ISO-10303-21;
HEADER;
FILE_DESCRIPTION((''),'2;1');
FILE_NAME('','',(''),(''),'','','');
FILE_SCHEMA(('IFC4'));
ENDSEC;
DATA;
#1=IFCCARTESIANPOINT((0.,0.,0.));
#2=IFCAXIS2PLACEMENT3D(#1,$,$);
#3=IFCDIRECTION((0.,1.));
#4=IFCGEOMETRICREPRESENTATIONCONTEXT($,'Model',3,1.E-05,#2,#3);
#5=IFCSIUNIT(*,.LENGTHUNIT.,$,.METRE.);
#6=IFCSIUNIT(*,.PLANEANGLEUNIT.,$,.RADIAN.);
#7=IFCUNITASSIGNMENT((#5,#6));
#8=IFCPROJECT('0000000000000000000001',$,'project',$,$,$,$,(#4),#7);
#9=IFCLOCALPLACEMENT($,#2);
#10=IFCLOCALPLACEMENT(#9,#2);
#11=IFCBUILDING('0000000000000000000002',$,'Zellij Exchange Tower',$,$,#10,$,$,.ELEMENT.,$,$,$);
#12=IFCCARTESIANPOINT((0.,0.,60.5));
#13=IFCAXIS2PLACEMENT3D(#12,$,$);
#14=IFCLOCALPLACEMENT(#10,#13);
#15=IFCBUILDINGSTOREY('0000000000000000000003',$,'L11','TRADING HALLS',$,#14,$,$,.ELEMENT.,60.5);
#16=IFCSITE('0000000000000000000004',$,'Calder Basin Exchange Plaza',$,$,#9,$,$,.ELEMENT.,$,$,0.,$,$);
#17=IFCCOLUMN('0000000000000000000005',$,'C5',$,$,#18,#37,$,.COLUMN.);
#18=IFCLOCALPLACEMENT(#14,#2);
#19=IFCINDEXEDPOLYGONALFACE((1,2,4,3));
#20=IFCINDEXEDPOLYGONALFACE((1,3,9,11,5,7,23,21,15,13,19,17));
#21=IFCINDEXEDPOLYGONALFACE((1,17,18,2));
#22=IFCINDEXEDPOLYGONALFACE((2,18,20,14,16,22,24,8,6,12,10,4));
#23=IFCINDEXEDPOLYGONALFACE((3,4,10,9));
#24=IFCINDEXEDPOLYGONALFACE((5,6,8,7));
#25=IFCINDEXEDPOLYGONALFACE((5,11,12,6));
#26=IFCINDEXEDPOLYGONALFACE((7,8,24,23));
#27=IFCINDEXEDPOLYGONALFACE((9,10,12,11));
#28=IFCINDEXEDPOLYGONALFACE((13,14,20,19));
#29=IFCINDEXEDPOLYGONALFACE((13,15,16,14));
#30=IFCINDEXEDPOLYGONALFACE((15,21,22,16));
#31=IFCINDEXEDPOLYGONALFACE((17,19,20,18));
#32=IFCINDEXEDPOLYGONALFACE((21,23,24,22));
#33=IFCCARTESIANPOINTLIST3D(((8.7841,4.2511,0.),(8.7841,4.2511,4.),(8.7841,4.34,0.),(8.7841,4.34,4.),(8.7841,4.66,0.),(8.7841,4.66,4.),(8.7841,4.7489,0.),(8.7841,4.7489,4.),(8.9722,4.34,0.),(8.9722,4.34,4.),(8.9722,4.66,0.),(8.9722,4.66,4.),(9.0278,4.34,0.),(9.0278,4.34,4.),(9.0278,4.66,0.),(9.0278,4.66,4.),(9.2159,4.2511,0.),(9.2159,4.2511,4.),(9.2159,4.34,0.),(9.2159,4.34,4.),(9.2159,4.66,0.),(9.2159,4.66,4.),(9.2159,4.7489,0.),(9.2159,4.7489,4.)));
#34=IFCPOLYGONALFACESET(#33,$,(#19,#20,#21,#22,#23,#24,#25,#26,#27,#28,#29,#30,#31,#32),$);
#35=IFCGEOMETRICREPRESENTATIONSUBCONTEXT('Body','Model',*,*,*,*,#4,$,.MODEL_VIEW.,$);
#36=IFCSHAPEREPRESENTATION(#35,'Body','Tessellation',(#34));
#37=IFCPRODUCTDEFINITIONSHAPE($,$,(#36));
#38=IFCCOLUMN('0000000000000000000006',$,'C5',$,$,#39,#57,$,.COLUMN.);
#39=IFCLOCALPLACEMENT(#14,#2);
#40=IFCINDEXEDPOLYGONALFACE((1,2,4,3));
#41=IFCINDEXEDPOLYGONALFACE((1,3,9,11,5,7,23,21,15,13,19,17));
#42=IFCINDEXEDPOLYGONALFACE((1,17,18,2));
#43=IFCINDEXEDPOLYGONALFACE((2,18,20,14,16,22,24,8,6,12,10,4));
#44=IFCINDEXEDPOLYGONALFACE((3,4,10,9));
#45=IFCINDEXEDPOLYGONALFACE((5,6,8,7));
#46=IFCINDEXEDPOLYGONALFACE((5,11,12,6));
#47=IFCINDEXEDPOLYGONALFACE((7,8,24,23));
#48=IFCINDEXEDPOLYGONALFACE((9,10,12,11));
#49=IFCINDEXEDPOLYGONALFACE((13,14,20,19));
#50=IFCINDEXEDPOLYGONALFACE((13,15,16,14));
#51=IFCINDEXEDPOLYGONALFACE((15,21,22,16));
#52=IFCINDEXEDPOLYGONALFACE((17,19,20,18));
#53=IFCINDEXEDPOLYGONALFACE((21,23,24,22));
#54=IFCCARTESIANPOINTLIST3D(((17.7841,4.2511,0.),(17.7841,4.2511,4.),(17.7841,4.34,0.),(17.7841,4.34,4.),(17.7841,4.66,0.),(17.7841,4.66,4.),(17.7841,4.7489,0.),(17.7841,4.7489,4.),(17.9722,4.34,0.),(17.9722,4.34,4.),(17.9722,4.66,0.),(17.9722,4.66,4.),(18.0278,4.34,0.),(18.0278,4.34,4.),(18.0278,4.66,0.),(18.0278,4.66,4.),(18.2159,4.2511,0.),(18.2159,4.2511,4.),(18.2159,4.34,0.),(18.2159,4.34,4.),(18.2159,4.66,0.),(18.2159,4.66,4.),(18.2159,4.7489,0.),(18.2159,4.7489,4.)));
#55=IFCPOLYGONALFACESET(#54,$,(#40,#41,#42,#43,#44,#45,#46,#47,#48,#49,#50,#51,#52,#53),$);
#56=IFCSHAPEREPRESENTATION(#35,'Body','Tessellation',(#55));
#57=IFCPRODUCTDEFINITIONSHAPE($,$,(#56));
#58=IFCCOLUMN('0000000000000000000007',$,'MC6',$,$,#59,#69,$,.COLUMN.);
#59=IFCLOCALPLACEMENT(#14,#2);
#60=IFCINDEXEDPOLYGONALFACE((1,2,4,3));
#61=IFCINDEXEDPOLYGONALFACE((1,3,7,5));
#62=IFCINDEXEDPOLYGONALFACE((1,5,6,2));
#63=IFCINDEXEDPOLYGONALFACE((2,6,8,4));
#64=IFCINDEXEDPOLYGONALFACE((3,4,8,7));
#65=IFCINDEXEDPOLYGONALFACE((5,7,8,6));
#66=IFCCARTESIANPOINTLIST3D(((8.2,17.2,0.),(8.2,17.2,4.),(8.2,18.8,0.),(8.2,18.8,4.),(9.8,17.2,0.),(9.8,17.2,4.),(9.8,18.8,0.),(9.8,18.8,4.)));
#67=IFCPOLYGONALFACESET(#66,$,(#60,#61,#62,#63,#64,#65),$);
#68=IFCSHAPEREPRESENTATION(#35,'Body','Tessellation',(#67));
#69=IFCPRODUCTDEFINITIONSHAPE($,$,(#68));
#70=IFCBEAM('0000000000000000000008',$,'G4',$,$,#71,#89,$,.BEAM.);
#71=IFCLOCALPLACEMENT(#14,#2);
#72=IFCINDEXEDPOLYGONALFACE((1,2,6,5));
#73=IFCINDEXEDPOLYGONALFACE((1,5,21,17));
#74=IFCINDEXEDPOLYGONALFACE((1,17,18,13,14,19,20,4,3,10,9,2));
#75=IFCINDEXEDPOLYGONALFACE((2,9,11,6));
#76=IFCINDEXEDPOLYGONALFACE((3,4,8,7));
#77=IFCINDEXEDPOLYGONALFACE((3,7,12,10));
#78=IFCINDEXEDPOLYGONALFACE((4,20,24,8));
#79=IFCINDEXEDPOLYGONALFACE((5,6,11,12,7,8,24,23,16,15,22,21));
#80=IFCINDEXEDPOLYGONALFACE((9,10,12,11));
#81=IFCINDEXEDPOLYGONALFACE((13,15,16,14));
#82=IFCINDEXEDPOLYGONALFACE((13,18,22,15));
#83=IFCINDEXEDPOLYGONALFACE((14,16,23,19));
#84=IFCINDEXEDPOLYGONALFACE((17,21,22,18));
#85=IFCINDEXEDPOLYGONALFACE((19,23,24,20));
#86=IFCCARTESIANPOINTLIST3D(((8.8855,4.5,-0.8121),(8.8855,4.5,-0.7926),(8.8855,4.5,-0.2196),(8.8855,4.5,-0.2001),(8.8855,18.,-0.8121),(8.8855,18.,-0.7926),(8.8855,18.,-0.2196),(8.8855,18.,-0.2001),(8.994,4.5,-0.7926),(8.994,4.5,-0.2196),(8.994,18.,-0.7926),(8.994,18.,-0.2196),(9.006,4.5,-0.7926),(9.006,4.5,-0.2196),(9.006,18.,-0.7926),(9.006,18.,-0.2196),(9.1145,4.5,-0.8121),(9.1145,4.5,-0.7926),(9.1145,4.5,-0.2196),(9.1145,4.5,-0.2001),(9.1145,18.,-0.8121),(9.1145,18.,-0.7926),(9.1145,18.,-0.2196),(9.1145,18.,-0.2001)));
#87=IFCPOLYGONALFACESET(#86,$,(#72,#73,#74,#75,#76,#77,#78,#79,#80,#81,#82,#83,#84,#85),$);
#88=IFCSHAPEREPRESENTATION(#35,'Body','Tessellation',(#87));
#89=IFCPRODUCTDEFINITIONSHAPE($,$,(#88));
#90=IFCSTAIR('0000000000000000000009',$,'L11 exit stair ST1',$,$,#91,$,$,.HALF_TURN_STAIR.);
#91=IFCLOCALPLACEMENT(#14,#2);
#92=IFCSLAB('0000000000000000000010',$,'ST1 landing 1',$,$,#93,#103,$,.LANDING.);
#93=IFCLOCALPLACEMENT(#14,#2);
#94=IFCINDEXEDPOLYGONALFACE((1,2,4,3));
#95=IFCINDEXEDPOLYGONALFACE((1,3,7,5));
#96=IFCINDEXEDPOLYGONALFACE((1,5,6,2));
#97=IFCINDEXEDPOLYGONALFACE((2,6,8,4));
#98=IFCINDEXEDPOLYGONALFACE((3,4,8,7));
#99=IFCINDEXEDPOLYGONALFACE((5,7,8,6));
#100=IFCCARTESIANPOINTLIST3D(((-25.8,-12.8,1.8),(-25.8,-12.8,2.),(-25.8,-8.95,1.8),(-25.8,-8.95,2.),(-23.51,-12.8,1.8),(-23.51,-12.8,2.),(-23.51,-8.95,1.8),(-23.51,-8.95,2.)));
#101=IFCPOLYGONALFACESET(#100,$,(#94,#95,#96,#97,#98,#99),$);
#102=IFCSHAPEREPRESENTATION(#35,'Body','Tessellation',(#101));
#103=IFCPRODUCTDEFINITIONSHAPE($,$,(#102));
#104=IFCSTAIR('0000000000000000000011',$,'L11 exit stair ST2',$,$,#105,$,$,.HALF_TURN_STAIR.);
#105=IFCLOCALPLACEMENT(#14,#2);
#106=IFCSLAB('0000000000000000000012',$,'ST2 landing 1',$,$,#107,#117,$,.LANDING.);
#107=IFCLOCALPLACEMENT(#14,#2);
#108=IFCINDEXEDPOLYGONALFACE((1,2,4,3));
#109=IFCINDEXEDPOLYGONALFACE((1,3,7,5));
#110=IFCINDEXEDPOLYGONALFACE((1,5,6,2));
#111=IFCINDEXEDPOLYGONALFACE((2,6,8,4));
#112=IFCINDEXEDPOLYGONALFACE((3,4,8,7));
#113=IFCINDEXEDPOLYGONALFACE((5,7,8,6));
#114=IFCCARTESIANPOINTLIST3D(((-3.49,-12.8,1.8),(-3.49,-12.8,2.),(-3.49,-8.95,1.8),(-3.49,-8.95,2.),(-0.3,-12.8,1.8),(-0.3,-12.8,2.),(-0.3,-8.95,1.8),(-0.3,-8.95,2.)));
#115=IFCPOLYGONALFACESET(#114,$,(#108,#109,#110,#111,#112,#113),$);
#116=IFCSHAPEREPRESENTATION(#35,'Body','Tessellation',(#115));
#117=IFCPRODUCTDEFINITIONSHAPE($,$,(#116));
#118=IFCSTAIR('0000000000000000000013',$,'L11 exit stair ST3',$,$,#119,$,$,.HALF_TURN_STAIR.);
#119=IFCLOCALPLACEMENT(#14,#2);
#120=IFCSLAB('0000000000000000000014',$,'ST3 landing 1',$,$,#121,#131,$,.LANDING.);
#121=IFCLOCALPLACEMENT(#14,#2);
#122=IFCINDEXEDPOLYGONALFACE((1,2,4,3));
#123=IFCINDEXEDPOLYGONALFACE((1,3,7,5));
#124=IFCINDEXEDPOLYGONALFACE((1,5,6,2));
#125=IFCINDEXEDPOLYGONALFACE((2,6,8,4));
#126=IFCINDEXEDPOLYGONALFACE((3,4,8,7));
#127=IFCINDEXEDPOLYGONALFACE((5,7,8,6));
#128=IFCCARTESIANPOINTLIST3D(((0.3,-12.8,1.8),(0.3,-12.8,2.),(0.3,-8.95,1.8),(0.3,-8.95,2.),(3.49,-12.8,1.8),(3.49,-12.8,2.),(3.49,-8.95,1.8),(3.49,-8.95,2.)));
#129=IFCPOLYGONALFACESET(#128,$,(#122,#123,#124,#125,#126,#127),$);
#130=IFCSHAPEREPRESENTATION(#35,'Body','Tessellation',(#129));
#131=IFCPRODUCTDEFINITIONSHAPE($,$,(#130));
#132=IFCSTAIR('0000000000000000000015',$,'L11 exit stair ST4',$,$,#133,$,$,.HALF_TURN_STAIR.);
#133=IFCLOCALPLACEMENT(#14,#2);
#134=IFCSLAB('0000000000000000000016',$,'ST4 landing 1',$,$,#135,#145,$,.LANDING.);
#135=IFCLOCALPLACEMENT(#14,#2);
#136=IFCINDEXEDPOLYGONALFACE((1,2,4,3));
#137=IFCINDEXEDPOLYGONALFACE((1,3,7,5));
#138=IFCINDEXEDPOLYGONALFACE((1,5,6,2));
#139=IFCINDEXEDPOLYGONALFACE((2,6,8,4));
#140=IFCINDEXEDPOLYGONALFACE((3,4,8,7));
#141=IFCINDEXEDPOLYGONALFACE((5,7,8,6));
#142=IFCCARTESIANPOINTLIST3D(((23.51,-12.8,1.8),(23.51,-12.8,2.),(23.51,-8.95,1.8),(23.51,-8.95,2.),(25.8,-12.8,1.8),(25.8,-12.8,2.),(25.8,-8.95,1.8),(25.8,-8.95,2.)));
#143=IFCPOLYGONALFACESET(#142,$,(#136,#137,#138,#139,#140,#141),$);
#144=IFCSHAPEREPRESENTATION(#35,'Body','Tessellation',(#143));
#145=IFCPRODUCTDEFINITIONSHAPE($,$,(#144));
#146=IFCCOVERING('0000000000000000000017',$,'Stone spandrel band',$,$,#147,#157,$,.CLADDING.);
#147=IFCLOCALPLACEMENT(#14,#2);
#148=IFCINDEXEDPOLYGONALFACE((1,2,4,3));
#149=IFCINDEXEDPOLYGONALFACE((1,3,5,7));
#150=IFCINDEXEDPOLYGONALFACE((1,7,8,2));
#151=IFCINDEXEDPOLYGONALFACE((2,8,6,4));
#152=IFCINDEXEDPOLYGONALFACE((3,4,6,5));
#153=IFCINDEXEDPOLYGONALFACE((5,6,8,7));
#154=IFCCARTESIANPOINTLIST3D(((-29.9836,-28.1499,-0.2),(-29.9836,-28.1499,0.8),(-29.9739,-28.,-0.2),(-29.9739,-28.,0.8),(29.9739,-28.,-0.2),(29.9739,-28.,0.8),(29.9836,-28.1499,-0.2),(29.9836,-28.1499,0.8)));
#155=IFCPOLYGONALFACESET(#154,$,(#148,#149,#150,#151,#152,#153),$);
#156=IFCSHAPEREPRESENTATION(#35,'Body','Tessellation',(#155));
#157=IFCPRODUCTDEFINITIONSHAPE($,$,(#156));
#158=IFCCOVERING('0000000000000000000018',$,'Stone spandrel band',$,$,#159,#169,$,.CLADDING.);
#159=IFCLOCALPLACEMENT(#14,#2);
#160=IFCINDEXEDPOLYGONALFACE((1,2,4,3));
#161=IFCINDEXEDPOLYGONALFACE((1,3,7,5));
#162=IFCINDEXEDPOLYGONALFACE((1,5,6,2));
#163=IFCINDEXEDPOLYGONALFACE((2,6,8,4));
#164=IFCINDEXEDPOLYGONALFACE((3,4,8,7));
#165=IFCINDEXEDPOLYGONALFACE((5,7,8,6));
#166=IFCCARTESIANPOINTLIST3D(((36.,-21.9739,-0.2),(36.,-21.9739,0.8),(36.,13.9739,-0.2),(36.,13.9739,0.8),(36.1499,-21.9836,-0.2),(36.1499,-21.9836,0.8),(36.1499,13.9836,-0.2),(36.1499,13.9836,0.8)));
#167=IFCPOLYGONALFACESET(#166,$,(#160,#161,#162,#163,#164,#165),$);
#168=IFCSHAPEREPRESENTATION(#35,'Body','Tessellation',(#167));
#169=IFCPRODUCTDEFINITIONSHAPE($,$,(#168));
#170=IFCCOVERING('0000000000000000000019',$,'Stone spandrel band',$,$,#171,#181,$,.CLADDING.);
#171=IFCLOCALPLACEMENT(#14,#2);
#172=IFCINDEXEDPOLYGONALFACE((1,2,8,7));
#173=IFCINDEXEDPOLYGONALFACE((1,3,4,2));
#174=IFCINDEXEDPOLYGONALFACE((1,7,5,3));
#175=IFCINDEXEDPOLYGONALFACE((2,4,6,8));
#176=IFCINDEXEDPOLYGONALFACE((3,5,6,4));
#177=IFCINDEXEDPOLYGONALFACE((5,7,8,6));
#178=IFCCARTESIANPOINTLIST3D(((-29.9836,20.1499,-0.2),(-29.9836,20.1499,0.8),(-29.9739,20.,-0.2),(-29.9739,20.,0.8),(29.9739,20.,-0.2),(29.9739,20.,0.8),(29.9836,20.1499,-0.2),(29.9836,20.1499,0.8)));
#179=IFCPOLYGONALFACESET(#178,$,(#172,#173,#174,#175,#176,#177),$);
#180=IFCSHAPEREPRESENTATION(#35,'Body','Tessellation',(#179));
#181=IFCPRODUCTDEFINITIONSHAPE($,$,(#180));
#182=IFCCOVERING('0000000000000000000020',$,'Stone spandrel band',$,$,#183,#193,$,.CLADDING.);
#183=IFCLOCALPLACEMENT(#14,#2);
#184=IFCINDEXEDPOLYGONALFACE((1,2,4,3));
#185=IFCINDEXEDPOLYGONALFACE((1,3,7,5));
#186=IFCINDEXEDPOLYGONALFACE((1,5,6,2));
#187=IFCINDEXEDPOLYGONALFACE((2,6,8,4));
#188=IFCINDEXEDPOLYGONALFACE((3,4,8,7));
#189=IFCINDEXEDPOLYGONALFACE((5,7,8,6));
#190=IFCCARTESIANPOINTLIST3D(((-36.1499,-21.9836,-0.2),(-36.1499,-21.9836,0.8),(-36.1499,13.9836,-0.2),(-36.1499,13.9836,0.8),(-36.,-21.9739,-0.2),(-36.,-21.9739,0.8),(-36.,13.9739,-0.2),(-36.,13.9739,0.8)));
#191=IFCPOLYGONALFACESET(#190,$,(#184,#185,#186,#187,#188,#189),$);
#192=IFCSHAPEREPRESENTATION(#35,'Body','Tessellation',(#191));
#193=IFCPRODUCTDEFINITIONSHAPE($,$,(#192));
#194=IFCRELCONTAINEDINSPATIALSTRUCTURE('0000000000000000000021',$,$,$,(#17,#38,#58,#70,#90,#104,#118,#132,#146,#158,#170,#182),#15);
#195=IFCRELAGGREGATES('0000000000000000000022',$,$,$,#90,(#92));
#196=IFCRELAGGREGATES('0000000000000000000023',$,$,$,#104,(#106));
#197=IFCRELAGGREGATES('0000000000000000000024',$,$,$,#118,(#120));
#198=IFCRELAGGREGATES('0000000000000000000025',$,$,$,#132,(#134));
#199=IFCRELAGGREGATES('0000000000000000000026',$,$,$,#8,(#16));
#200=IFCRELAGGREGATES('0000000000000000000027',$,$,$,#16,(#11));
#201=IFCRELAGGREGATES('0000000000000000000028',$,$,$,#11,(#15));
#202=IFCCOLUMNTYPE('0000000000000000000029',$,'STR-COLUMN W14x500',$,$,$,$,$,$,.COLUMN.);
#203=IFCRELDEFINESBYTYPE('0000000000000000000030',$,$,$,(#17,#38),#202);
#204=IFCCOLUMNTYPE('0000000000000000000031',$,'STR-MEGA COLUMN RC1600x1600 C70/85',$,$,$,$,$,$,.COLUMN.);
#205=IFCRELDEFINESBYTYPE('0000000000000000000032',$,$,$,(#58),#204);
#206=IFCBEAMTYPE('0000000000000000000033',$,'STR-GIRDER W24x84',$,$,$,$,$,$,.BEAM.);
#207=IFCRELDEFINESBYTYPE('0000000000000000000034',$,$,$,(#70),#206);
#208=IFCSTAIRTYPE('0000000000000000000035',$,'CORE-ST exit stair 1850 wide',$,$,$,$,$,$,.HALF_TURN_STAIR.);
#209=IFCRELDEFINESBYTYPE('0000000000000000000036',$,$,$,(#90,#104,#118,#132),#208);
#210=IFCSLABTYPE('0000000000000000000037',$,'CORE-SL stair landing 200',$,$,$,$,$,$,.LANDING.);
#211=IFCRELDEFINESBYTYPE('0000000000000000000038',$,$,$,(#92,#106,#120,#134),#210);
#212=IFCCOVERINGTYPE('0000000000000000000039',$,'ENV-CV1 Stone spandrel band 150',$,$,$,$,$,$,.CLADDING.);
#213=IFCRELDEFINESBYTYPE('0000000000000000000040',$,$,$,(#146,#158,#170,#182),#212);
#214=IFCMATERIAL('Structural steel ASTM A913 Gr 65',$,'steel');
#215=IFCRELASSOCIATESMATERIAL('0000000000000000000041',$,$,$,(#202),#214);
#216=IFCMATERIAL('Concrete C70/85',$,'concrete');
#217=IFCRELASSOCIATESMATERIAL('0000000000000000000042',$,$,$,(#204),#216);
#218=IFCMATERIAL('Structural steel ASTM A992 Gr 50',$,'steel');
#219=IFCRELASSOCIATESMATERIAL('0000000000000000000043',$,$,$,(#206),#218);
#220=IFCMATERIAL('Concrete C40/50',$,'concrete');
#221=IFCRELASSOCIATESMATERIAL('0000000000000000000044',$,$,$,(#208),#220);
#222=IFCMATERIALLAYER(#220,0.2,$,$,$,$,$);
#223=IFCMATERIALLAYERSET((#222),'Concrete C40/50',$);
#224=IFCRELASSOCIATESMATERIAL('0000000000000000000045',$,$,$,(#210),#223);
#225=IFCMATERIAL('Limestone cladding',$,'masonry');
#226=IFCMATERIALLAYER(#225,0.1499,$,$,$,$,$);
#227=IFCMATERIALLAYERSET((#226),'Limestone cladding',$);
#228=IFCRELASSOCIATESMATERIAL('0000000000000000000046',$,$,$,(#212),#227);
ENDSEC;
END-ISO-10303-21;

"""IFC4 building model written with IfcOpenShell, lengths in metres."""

from ifc_helpers import new_model, si_unit, direction, frame, origin, origin_2d, place, context, subcontext, project, spatial, polyline, rectangle, i_section, outline, extrude, material, layer, layer_set, material_profile, profile_set, type_object, element, aggregate, save


model = new_model("IFC4")

# Units and contexts
model_context = context("Model", 3, precision=1e-05, world=origin(), true_north=direction((0.0, 1.0)))
body_context = subcontext(model_context, "Body", "Model", "MODEL_VIEW")
ifc_project = project(units=[si_unit("LENGTHUNIT", "METRE"), si_unit("PLANEANGLEUNIT", "RADIAN")], contexts=[model_context])

# Site, building, storey
site_placement = place(None, origin())
site = spatial("IfcSite", under=ifc_project, at=site_placement, Name="Calder Basin Exchange Plaza", CompositionType="ELEMENT", RefElevation=0.0)
building_placement = place(site_placement, origin())
building = spatial("IfcBuilding", under=site, at=building_placement, Name="Zellij Exchange Tower", CompositionType="ELEMENT")
storey_placement = place(building_placement, frame((0.0, 0.0, 60.5)))
storey = spatial("IfcBuildingStorey", under=building, at=storey_placement, Name="L11", Description="TRADING HALLS", CompositionType="ELEMENT", Elevation=60.5)

# Columns
ifc_material_1 = material(Name="Structural steel ASTM A913 Gr 65", Category="steel")
ifc_material_profile_1 = material_profile(ifc_material_1, i_section(OverallWidth=0.4319, OverallDepth=0.4978, WebThickness=0.0557, FlangeThickness=0.0889, at=origin_2d()), Name="W14x500")
ifc_profile_set_1 = profile_set([ifc_material_profile_1], Name="Structural steel ASTM A913 Gr 65")
column_type_1 = type_object("IfcColumnType", Name="STR-COLUMN W14x500", PredefinedType="COLUMN", material=ifc_profile_set_1)
for number, where, z_axis, x_axis, name in (
    (1, (9.0, 4.5, 0.0), (0.0, 0.0, 1.0), (1.0, 0.0, 0.0), "C5"),
    (2, (18.0, 4.5, 0.0), (0.0, 0.0, 1.0), (1.0, 0.0, 0.0), "C5"),
):
    element("IfcColumn", number, at=place(storey_placement, frame(where, z_axis=z_axis, x_axis=x_axis)), inside=storey, type_object=column_type_1, Name=name, PredefinedType="COLUMN", context=body_context, shape_type="SweptSolid", body=[
        extrude(i_section(OverallWidth=0.4319, OverallDepth=0.4978, WebThickness=0.0557, FlangeThickness=0.0889, at=origin_2d()), origin(), (0.0, 0.0, 1.0), 4.0),
    ])
ifc_material_2 = material(Name="Concrete C70/85", Category="concrete")
ifc_material_profile_2 = material_profile(ifc_material_2, rectangle(XDim=1.6001, YDim=1.6001, at=origin_2d()), Name="STR-MEGA COLUMN RC1600x1600 C70/85")
ifc_profile_set_2 = profile_set([ifc_material_profile_2], Name="Concrete C70/85")
column_type_2 = type_object("IfcColumnType", Name="STR-MEGA COLUMN RC1600x1600 C70/85", PredefinedType="COLUMN", material=ifc_profile_set_2)
column_placement = place(storey_placement, frame((9.0, 18.0, 0.0), z_axis=(0.0, 0.0, 1.0), x_axis=(1.0, 0.0, 0.0)))
element("IfcColumn", 3, at=column_placement, inside=storey, type_object=column_type_2, Name="MC6", PredefinedType="COLUMN", context=body_context, shape_type="SweptSolid", body=[
    extrude(rectangle(XDim=1.6001, YDim=1.6001, at=origin_2d()), origin(), (0.0, 0.0, 1.0), 4.0),
])

# Beam
ifc_material_3 = material(Name="Structural steel ASTM A992 Gr 50", Category="steel")
ifc_material_profile_3 = material_profile(ifc_material_3, i_section(OverallWidth=0.229, OverallDepth=0.6121, WebThickness=0.012, FlangeThickness=0.0195, at=origin_2d()), Name="W24x84")
ifc_profile_set_3 = profile_set([ifc_material_profile_3], Name="Structural steel ASTM A992 Gr 50")
beam_type = type_object("IfcBeamType", Name="STR-GIRDER W24x84", PredefinedType="BEAM", material=ifc_profile_set_3)
beam_placement = place(storey_placement, frame((9.0, 4.5, -0.5061), z_axis=(0.0, 1.0, 0.0), x_axis=(-1.0, 0.0, 0.0)))
element("IfcBeam", 4, at=beam_placement, inside=storey, type_object=beam_type, Name="G4", PredefinedType="BEAM", context=body_context, shape_type="SweptSolid", body=[
    extrude(i_section(OverallWidth=0.229, OverallDepth=0.6121, WebThickness=0.012, FlangeThickness=0.0195, at=origin_2d()), origin(), (0.0, 0.0, 1.0), 13.5),
])

# Stairs, slabs
ifc_material_4 = material(Name="Concrete C40/50", Category="concrete")
stair_type = type_object("IfcStairType", Name="CORE-ST exit stair 1850 wide", PredefinedType="HALF_TURN_STAIR", material=ifc_material_4)
stair_1_placement = place(storey_placement, origin())
stair_1 = element("IfcStair", 5, at=stair_1_placement, inside=storey, type_object=stair_type, Name="L11 exit stair ST1", PredefinedType="HALF_TURN_STAIR")
ifc_layer_1 = layer(ifc_material_4, 0.2)
ifc_layer_set_1 = layer_set([ifc_layer_1], Name="Concrete C40/50")
slab_type = type_object("IfcSlabType", Name="CORE-SL stair landing 200", PredefinedType="LANDING", material=ifc_layer_set_1)
slab_1_placement = place(storey_placement, frame((0.0, 0.0, 1.8)))
slab_1 = element("IfcSlab", 6, at=slab_1_placement, type_object=slab_type, Name="ST1 landing 1", PredefinedType="LANDING", context=body_context, shape_type="SweptSolid", body=[
    extrude(outline(polyline([(-23.51, -8.95), (-25.8, -8.95), (-25.8, -12.8), (-23.51, -12.8), (-23.51, -8.95)])), origin(), (0.0, 0.0, 1.0), 0.2),
])
aggregate(stair_1, [slab_1])
stair_2_placement = place(storey_placement, origin())
stair_2 = element("IfcStair", 7, at=stair_2_placement, inside=storey, type_object=stair_type, Name="L11 exit stair ST2", PredefinedType="HALF_TURN_STAIR")
slab_2_placement = place(storey_placement, frame((0.0, 0.0, 1.8)))
slab_2 = element("IfcSlab", 8, at=slab_2_placement, type_object=slab_type, Name="ST2 landing 1", PredefinedType="LANDING", context=body_context, shape_type="SweptSolid", body=[
    extrude(outline(polyline([(-3.49, -12.8), (-0.3, -12.8), (-0.3, -8.95), (-3.49, -8.95), (-3.49, -12.8)])), origin(), (0.0, 0.0, 1.0), 0.2),
])
aggregate(stair_2, [slab_2])
stair_3_placement = place(storey_placement, origin())
stair_3 = element("IfcStair", 9, at=stair_3_placement, inside=storey, type_object=stair_type, Name="L11 exit stair ST3", PredefinedType="HALF_TURN_STAIR")
slab_3_placement = place(storey_placement, frame((0.0, 0.0, 1.8)))
slab_3 = element("IfcSlab", 10, at=slab_3_placement, type_object=slab_type, Name="ST3 landing 1", PredefinedType="LANDING", context=body_context, shape_type="SweptSolid", body=[
    extrude(outline(polyline([(3.49, -8.95), (0.3, -8.95), (0.3, -12.8), (3.49, -12.8), (3.49, -8.95)])), origin(), (0.0, 0.0, 1.0), 0.2),
])
aggregate(stair_3, [slab_3])
stair_4_placement = place(storey_placement, origin())
stair_4 = element("IfcStair", 11, at=stair_4_placement, inside=storey, type_object=stair_type, Name="L11 exit stair ST4", PredefinedType="HALF_TURN_STAIR")
slab_4_placement = place(storey_placement, frame((0.0, 0.0, 1.8)))
slab_4 = element("IfcSlab", 12, at=slab_4_placement, type_object=slab_type, Name="ST4 landing 1", PredefinedType="LANDING", context=body_context, shape_type="SweptSolid", body=[
    extrude(outline(polyline([(23.51, -12.8), (25.8, -12.8), (25.8, -8.95), (23.51, -8.95), (23.51, -12.8)])), origin(), (0.0, 0.0, 1.0), 0.2),
])
aggregate(stair_4, [slab_4])

# Coverings
ifc_material_5 = material(Name="Limestone cladding", Category="masonry")
ifc_layer_2 = layer(ifc_material_5, 0.1499)
ifc_layer_set_2 = layer_set([ifc_layer_2], Name="Limestone cladding")
covering_type_1 = type_object("IfcCoveringType", Name="ENV-CV1 Stone spandrel band 150", PredefinedType="CLADDING", material=ifc_layer_set_2)
covering_1_placement = place(storey_placement, frame((0.0, 0.0, -0.2)))
element("IfcCovering", 13, at=covering_1_placement, inside=storey, type_object=covering_type_1, Name="Stone spandrel band", PredefinedType="CLADDING", context=body_context, shape_type="SweptSolid", body=[
    extrude(outline(polyline([(-29.9739, -28.0), (29.9739, -28.0), (29.9836, -28.1499), (-29.9836, -28.1499), (-29.9739, -28.0)])), origin(), (0.0, 0.0, 1.0), 1.0),
])
covering_2_placement = place(storey_placement, frame((0.0, 0.0, -0.2)))
element("IfcCovering", 14, at=covering_2_placement, inside=storey, type_object=covering_type_1, Name="Stone spandrel band", PredefinedType="CLADDING", context=body_context, shape_type="SweptSolid", body=[
    extrude(outline(polyline([(36.0, -21.9739), (36.0, 13.9739), (36.1499, 13.9836), (36.1499, -21.9836), (36.0, -21.9739)])), origin(), (0.0, 0.0, 1.0), 1.0),
])
covering_3_placement = place(storey_placement, frame((0.0, 0.0, -0.2)))
element("IfcCovering", 15, at=covering_3_placement, inside=storey, type_object=covering_type_1, Name="Stone spandrel band", PredefinedType="CLADDING", context=body_context, shape_type="SweptSolid", body=[
    extrude(outline(polyline([(29.9739, 20.0), (-29.9739, 20.0), (-29.9836, 20.1499), (29.9836, 20.1499), (29.9739, 20.0)])), origin(), (0.0, 0.0, 1.0), 1.0),
])
covering_4_placement = place(storey_placement, frame((0.0, 0.0, -0.2)))
element("IfcCovering", 16, at=covering_4_placement, inside=storey, type_object=covering_type_1, Name="Stone spandrel band", PredefinedType="CLADDING", context=body_context, shape_type="SweptSolid", body=[
    extrude(outline(polyline([(-36.0, 13.9739), (-36.0, -21.9739), (-36.1499, -21.9836), (-36.1499, 13.9836), (-36.0, 13.9739)])), origin(), (0.0, 0.0, 1.0), 1.0),
])

save(model, "model.ifc")
